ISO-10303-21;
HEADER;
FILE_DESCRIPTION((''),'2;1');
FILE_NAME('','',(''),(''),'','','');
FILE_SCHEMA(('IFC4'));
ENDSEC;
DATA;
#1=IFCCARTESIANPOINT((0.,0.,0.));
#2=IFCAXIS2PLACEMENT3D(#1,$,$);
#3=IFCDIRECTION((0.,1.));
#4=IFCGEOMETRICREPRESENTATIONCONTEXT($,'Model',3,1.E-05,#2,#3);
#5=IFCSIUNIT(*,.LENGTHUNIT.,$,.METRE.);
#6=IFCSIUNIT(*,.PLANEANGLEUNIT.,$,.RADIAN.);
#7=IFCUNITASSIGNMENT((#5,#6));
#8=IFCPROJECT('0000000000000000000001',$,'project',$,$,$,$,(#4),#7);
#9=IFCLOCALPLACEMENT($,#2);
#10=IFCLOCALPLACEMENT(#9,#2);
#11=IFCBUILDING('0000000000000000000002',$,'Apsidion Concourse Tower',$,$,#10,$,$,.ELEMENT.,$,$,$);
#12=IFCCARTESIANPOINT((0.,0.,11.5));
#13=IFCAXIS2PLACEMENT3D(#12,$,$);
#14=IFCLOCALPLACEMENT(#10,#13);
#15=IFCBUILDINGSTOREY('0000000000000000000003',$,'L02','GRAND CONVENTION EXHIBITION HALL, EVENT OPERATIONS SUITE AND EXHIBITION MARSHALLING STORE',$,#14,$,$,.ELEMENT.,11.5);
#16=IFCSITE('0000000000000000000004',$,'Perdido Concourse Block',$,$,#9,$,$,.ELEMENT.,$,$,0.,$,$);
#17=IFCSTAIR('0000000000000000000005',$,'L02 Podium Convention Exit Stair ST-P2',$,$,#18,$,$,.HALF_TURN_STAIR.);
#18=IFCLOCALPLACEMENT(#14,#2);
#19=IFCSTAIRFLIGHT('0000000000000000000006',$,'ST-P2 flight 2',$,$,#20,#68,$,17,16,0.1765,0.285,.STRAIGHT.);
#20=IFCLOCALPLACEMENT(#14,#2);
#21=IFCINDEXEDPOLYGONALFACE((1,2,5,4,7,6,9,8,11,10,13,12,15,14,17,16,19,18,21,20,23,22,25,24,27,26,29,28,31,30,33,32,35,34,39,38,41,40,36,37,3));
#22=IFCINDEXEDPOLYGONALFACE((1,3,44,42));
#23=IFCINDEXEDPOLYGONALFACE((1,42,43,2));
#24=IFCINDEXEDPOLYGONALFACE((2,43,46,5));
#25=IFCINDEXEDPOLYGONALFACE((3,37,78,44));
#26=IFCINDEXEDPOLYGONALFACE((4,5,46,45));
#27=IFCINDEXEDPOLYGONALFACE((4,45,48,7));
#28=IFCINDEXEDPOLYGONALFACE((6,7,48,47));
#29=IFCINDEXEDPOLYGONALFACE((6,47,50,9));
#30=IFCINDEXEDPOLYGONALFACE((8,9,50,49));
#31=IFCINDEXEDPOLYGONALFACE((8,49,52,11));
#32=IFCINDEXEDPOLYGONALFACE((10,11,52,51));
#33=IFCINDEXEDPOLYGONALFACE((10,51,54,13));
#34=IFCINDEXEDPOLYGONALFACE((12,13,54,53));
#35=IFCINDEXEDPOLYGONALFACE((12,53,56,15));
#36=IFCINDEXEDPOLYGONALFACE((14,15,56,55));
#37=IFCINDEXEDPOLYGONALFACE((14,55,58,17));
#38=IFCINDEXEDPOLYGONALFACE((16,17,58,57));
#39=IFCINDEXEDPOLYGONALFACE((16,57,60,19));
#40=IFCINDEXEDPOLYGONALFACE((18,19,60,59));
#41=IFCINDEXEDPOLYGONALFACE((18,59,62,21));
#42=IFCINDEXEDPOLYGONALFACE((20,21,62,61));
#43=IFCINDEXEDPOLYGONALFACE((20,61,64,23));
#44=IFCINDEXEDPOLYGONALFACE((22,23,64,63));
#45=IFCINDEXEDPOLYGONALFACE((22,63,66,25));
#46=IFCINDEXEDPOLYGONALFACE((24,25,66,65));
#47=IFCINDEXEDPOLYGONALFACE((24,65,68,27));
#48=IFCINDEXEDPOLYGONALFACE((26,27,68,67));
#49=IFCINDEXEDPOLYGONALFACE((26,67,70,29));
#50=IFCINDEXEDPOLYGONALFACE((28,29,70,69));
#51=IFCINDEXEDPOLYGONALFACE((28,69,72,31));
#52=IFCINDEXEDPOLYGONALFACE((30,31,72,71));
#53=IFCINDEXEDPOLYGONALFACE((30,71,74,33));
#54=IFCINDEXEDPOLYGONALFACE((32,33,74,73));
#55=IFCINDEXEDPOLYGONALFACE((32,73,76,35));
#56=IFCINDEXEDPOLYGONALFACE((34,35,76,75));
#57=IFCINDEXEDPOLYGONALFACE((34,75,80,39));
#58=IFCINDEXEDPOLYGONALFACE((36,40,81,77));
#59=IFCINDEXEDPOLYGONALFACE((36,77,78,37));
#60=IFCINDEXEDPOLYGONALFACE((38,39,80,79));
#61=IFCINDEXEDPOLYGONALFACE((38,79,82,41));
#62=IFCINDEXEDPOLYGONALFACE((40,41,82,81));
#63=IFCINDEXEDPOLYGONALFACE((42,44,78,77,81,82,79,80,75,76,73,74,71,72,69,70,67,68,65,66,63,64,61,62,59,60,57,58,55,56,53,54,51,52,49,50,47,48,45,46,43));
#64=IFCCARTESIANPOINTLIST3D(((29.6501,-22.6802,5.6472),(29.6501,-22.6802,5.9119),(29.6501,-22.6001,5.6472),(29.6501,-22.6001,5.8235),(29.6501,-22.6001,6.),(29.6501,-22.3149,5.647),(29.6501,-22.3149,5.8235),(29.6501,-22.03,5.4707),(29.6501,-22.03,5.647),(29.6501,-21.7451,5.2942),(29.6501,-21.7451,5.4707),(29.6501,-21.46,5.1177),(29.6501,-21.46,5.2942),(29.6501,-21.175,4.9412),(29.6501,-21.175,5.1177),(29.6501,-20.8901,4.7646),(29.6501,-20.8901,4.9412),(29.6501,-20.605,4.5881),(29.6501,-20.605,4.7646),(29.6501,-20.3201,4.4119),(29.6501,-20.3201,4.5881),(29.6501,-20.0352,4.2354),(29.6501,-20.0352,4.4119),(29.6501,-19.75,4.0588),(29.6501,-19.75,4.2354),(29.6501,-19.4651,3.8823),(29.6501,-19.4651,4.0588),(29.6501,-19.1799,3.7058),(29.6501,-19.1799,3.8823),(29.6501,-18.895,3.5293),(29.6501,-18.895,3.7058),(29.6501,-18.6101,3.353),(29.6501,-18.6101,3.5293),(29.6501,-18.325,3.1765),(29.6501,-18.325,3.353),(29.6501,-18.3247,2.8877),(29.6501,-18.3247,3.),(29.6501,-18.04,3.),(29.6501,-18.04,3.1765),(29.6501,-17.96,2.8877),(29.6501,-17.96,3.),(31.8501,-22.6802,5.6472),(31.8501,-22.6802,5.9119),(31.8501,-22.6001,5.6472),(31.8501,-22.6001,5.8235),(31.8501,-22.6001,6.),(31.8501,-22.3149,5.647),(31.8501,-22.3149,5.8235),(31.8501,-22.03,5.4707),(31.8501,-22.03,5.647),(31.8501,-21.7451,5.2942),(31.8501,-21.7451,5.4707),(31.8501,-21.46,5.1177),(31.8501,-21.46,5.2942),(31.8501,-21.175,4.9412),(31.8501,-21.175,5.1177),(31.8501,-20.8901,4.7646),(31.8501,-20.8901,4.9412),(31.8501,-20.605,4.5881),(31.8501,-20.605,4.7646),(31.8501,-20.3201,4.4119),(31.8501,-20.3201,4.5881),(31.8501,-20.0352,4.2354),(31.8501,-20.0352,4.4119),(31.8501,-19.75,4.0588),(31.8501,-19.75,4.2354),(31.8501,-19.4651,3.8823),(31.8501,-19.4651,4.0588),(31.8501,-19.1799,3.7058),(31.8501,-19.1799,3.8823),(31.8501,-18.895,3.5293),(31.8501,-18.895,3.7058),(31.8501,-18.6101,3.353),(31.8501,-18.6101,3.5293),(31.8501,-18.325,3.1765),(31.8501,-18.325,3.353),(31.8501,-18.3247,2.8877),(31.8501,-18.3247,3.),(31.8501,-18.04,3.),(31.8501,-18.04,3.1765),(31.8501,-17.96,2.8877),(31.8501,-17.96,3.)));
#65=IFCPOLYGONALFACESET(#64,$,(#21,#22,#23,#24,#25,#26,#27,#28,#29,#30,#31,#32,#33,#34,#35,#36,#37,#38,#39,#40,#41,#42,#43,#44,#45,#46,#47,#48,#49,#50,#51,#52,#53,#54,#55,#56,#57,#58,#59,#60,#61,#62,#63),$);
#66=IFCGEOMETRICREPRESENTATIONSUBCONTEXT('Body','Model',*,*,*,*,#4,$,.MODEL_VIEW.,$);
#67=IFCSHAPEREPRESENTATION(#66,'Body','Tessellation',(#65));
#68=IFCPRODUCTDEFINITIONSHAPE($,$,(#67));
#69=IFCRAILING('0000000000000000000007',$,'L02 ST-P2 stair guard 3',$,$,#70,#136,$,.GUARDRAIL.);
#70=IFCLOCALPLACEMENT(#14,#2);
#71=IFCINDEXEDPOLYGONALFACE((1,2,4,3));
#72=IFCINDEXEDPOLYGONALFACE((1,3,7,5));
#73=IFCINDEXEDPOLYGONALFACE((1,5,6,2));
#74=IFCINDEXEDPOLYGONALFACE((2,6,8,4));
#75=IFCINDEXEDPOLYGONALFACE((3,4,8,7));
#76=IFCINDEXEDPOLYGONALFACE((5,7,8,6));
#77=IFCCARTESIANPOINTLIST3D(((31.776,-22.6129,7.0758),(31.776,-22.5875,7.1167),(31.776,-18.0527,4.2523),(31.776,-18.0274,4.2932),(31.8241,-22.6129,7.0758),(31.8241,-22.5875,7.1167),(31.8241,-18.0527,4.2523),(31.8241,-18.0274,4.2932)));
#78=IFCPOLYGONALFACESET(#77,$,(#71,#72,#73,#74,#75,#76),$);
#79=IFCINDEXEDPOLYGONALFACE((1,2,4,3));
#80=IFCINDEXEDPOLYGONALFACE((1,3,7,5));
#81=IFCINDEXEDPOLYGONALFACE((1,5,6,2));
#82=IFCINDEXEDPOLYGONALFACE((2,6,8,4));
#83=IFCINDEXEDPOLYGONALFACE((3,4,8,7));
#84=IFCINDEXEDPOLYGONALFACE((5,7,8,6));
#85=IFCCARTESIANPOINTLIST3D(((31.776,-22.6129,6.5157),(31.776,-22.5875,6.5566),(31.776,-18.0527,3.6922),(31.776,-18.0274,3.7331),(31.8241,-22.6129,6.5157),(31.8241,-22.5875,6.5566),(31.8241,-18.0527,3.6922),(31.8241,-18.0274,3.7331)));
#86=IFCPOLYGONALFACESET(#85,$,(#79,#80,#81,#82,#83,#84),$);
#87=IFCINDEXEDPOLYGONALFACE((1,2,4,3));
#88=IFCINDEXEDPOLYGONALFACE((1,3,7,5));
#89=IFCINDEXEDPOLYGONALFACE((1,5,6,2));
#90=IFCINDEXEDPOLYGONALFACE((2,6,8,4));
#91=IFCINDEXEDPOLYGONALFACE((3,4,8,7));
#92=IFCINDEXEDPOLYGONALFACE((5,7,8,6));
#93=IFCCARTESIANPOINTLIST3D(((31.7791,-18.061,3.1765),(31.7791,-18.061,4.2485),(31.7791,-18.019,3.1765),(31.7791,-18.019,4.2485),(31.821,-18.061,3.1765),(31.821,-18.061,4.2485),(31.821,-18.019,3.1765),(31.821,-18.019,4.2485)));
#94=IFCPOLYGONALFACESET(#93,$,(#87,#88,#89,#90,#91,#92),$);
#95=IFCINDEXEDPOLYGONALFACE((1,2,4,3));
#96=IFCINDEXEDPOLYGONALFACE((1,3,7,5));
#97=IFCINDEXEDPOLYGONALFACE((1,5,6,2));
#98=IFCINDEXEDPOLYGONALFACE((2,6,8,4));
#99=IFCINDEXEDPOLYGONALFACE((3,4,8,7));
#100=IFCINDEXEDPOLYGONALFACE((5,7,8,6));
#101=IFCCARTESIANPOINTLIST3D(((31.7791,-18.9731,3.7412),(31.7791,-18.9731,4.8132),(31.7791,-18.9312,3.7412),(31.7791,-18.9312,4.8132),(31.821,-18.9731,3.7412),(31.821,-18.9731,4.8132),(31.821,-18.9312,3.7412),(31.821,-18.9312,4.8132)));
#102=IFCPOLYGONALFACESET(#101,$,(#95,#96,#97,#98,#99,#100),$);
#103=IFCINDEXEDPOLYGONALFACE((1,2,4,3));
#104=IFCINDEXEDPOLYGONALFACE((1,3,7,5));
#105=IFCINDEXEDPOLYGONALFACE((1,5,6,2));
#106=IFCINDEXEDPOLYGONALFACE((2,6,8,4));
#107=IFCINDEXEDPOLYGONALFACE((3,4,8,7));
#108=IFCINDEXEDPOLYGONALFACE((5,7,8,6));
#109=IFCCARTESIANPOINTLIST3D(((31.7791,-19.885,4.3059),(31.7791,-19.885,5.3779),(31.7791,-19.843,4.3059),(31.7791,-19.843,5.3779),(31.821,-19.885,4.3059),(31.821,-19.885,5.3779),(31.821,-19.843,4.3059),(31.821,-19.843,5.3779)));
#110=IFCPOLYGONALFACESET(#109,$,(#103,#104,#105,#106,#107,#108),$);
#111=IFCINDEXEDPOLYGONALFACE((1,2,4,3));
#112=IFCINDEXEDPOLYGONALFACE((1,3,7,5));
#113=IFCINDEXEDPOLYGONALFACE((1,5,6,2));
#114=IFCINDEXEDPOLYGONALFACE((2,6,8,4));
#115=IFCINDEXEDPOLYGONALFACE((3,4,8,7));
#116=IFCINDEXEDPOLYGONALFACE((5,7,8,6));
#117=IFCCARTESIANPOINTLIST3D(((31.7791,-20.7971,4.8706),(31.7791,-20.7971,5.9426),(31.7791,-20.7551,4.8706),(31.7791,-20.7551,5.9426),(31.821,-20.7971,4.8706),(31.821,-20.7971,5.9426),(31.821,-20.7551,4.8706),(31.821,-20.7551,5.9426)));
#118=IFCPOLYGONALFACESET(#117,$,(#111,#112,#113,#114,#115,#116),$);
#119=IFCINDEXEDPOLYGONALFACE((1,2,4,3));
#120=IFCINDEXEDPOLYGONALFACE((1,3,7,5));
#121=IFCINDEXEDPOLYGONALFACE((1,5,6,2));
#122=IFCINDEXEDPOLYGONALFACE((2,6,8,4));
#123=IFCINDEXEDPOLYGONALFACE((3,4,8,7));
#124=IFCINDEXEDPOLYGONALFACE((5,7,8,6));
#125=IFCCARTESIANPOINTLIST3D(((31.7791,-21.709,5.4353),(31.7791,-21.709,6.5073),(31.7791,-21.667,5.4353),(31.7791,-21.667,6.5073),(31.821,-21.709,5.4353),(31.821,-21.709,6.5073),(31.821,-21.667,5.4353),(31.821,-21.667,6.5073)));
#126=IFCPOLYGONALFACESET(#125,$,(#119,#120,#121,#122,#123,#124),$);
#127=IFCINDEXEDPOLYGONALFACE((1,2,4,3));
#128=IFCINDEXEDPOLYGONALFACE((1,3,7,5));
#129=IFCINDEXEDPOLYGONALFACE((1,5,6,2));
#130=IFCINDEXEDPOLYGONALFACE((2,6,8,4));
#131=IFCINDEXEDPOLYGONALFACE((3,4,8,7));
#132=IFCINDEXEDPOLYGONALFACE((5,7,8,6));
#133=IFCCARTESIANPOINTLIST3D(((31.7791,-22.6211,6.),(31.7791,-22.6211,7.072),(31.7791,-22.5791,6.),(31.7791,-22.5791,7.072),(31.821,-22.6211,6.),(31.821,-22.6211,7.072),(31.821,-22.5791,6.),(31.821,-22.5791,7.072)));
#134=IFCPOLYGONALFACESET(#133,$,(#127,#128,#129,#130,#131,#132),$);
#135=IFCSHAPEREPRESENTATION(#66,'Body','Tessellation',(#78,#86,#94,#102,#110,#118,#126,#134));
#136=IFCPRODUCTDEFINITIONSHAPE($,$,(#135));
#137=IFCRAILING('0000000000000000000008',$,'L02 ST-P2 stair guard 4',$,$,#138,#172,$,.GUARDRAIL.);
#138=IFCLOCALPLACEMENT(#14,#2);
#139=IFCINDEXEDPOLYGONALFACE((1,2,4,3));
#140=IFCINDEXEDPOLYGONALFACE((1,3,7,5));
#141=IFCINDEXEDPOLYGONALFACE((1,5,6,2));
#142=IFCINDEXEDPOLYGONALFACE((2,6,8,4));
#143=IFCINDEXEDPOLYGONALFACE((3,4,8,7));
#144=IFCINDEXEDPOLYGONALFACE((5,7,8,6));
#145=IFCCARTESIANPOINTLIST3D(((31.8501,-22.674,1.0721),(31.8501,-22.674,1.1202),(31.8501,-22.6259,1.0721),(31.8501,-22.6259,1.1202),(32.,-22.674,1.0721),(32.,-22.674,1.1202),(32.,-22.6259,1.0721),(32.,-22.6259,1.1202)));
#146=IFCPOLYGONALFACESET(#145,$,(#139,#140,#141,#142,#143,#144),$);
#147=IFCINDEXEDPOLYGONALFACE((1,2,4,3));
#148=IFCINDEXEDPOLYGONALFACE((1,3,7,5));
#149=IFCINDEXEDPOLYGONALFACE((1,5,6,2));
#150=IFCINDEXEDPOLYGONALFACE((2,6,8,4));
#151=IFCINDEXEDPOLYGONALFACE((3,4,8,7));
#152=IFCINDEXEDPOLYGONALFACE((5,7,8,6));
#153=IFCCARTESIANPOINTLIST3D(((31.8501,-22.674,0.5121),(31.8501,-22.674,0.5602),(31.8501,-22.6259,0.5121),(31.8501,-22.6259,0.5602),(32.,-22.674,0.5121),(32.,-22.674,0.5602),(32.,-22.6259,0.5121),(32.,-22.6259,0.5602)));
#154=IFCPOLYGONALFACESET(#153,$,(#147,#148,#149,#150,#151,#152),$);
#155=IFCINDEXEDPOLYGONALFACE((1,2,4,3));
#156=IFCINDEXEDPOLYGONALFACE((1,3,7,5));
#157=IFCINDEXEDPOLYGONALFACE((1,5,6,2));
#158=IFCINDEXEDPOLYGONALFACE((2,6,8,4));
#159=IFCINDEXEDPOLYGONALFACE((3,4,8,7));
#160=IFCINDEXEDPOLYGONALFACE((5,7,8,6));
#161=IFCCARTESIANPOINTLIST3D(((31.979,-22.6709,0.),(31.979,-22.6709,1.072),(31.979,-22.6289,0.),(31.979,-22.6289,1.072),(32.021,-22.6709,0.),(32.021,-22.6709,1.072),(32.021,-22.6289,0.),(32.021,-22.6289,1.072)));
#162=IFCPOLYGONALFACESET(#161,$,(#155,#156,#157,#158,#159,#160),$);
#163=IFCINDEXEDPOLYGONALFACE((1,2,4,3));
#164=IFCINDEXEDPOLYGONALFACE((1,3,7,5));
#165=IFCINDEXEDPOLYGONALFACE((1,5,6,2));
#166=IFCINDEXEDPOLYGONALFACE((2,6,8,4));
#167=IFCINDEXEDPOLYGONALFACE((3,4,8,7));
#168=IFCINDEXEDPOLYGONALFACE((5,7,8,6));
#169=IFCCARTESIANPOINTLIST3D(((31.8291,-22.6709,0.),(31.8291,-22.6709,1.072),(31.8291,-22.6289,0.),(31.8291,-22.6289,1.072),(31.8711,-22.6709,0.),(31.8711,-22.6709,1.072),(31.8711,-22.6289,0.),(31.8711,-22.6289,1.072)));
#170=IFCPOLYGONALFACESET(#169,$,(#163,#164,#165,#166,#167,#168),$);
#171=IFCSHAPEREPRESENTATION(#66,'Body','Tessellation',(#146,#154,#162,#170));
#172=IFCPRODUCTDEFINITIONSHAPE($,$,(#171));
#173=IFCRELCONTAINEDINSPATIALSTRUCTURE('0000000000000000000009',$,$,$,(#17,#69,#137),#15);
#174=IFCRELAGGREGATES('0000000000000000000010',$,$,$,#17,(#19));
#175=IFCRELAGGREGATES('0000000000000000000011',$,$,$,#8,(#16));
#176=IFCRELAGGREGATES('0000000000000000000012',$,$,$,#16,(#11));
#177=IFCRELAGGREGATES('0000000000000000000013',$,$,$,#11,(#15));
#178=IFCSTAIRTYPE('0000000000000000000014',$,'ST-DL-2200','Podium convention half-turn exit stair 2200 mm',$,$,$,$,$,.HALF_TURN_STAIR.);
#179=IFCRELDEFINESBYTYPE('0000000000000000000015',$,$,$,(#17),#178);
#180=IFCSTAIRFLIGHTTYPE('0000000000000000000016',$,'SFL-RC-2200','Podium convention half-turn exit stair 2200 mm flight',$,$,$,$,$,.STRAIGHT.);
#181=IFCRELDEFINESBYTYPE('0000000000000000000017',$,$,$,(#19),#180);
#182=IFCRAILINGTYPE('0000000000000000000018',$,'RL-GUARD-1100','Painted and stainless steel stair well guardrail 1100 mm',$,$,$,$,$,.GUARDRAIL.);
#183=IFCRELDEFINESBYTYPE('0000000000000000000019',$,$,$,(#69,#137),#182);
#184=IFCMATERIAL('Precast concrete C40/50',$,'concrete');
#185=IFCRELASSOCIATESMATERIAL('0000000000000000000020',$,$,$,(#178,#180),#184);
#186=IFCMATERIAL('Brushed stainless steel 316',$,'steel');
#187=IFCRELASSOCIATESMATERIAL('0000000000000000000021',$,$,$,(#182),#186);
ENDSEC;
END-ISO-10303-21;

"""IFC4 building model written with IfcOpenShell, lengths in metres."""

from ifc_helpers import new_model, si_unit, direction, frame, origin, origin_2d, place, context, subcontext, project, spatial, polyline, rectangle, outline, extrude, material, type_object, element, aggregate, save


model = new_model("IFC4")

# Units and contexts
model_context = context("Model", 3, precision=1e-05, world=origin(), true_north=direction((0.0, 1.0)))
body_context = subcontext(model_context, "Body", "Model", "MODEL_VIEW")
ifc_project = project(units=[si_unit("LENGTHUNIT", "METRE"), si_unit("PLANEANGLEUNIT", "RADIAN")], contexts=[model_context])

# Site, building, storey
site_placement = place(None, origin())
site = spatial("IfcSite", under=ifc_project, at=site_placement, Name="Perdido Concourse Block", CompositionType="ELEMENT", RefElevation=0.0)
building_placement = place(site_placement, origin())
building = spatial("IfcBuilding", under=site, at=building_placement, Name="Apsidion Concourse Tower", CompositionType="ELEMENT")
storey_placement = place(building_placement, frame((0.0, 0.0, 11.5)))
storey = spatial("IfcBuildingStorey", under=building, at=storey_placement, Name="L02", Description="GRAND CONVENTION EXHIBITION HALL, EVENT OPERATIONS SUITE AND EXHIBITION MARSHALLING STORE", CompositionType="ELEMENT", Elevation=11.5)

# Shared definitions
ifc_material_1 = material(Name="Brushed stainless steel 316", Category="steel")

# Stair, stair flight
ifc_material_2 = material(Name="Precast concrete C40/50", Category="concrete")
stair_type = type_object("IfcStairType", Name="ST-DL-2200", Description="Podium convention half-turn exit stair 2200 mm", PredefinedType="HALF_TURN_STAIR", material=ifc_material_2)
stair_placement = place(storey_placement, origin())
stair = element("IfcStair", 1, at=stair_placement, inside=storey, type_object=stair_type, Name="L02 Podium Convention Exit Stair ST-P2", PredefinedType="HALF_TURN_STAIR")
stair_flight_type = type_object("IfcStairFlightType", Name="SFL-RC-2200", Description="Podium convention half-turn exit stair 2200 mm flight", PredefinedType="STRAIGHT", material=ifc_material_2)
stair_flight_placement = place(storey_placement, frame((30.75, -18.04, 3.0), z_axis=(0.0, 0.0, 1.0), x_axis=(0.0, -1.0, 0.0)))
stair_flight = element("IfcStairFlight", 2, at=stair_flight_placement, type_object=stair_flight_type, Name="ST-P2 flight 2", NumberOfRisers=17, NumberOfTreads=16, PredefinedType="STRAIGHT", RiserHeight=0.1765, TreadLength=0.285, context=body_context, shape_type="SweptSolid", body=[
    extrude(outline(polyline([(-0.0801, -0.1123), (-0.0801, 0.0), (0.0, 0.0), (0.0, 0.1765), (0.2849, 0.1765), (0.2849, 0.353), (0.5701, 0.353), (0.5701, 0.5293), (0.855, 0.5293), (0.855, 0.7058), (1.1399, 0.7058), (1.1399, 0.8823), (1.425, 0.8823), (1.425, 1.0588), (1.71, 1.0588), (1.71, 1.2354), (1.9951, 1.2354), (1.9951, 1.4119), (2.28, 1.4119), (2.28, 1.5881), (2.5649, 1.5881), (2.5649, 1.7646), (2.8501, 1.7646), (2.8501, 1.9412), (3.135, 1.9412), (3.135, 2.1177), (3.4199, 2.1177), (3.4199, 2.2942), (3.7051, 2.2942), (3.7051, 2.4707), (3.99, 2.4707), (3.99, 2.647), (4.2749, 2.647), (4.2749, 2.8235), (4.5601, 2.8235), (4.5601, 3.0), (4.6401, 2.9119), (4.6401, 2.6472), (4.5601, 2.6472), (0.2847, 0.0), (0.2847, -0.1123), (-0.0801, -0.1123)])), frame((0.0, 1.1001, 0.0), z_axis=(0.0, -1.0, 0.0), x_axis=(1.0, 0.0, 0.0)), (0.0, 0.0, 1.0), 2.2),
])
aggregate(stair, [stair_flight])

# Railings
railing_type_1 = type_object("IfcRailingType", Name="RL-GUARD-1100", Description="Painted and stainless steel stair well guardrail 1100 mm", PredefinedType="GUARDRAIL", material=ifc_material_1)
railing_1_placement = place(storey_placement, frame((31.8, -18.04, 3.1765)))
element("IfcRailing", 3, at=railing_1_placement, inside=storey, type_object=railing_type_1, Name="L02 ST-P2 stair guard 3", PredefinedType="GUARDRAIL", context=body_context, shape_type="SweptSolid", body=[
    extrude(rectangle(XDim=0.0481, YDim=0.0481, at=origin_2d()), frame((0.0, 0.0, 1.0962), z_axis=(0.0, -0.850216, 0.526435), x_axis=(1.0, 0.0, 0.0)), (0.0, 0.0, 1.0), 5.3635),
    extrude(rectangle(XDim=0.0481, YDim=0.0481, at=origin_2d()), frame((0.0, 0.0, 0.5361), z_axis=(0.0, -0.850216, 0.526435), x_axis=(1.0, 0.0, 0.0)), (0.0, 0.0, 1.0), 5.3635),
    extrude(rectangle(XDim=0.042, YDim=0.042, at=origin_2d()), origin(), (0.0, 0.0, 1.0), 1.072),
    extrude(rectangle(XDim=0.042, YDim=0.042, at=origin_2d()), frame((0.0, -0.9121, 0.5647)), (0.0, 0.0, 1.0), 1.072),
    extrude(rectangle(XDim=0.042, YDim=0.042, at=origin_2d()), frame((0.0, -1.824, 1.1294)), (0.0, 0.0, 1.0), 1.072),
    extrude(rectangle(XDim=0.042, YDim=0.042, at=origin_2d()), frame((0.0, -2.7361, 1.6941)), (0.0, 0.0, 1.0), 1.072),
    extrude(rectangle(XDim=0.042, YDim=0.042, at=origin_2d()), frame((0.0, -3.6479, 2.2588)), (0.0, 0.0, 1.0), 1.072),
    extrude(rectangle(XDim=0.042, YDim=0.042, at=origin_2d()), frame((0.0, -4.5601, 2.8235)), (0.0, 0.0, 1.0), 1.072),
])
railing_2_placement = place(storey_placement, frame((32.0, -22.6499, 0.0)))
element("IfcRailing", 4, at=railing_2_placement, inside=storey, type_object=railing_type_1, Name="L02 ST-P2 stair guard 4", PredefinedType="GUARDRAIL", context=body_context, shape_type="SweptSolid", body=[
    extrude(rectangle(XDim=0.0481, YDim=0.0481, at=origin_2d()), frame((0.0, 0.0, 1.0962), z_axis=(-1.0, 0.0, 0.0), x_axis=(0.0, -1.0, 0.0)), (0.0, 0.0, 1.0), 0.1499),
    extrude(rectangle(XDim=0.0481, YDim=0.0481, at=origin_2d()), frame((0.0, 0.0, 0.5361), z_axis=(-1.0, 0.0, 0.0), x_axis=(0.0, -1.0, 0.0)), (0.0, 0.0, 1.0), 0.1499),
    extrude(rectangle(XDim=0.042, YDim=0.042, at=origin_2d()), origin(), (0.0, 0.0, 1.0), 1.072),
    extrude(rectangle(XDim=0.042, YDim=0.042, at=origin_2d()), frame((-0.1499, 0.0, 0.0)), (0.0, 0.0, 1.0), 1.072),
])

save(model, "model.ifc")
